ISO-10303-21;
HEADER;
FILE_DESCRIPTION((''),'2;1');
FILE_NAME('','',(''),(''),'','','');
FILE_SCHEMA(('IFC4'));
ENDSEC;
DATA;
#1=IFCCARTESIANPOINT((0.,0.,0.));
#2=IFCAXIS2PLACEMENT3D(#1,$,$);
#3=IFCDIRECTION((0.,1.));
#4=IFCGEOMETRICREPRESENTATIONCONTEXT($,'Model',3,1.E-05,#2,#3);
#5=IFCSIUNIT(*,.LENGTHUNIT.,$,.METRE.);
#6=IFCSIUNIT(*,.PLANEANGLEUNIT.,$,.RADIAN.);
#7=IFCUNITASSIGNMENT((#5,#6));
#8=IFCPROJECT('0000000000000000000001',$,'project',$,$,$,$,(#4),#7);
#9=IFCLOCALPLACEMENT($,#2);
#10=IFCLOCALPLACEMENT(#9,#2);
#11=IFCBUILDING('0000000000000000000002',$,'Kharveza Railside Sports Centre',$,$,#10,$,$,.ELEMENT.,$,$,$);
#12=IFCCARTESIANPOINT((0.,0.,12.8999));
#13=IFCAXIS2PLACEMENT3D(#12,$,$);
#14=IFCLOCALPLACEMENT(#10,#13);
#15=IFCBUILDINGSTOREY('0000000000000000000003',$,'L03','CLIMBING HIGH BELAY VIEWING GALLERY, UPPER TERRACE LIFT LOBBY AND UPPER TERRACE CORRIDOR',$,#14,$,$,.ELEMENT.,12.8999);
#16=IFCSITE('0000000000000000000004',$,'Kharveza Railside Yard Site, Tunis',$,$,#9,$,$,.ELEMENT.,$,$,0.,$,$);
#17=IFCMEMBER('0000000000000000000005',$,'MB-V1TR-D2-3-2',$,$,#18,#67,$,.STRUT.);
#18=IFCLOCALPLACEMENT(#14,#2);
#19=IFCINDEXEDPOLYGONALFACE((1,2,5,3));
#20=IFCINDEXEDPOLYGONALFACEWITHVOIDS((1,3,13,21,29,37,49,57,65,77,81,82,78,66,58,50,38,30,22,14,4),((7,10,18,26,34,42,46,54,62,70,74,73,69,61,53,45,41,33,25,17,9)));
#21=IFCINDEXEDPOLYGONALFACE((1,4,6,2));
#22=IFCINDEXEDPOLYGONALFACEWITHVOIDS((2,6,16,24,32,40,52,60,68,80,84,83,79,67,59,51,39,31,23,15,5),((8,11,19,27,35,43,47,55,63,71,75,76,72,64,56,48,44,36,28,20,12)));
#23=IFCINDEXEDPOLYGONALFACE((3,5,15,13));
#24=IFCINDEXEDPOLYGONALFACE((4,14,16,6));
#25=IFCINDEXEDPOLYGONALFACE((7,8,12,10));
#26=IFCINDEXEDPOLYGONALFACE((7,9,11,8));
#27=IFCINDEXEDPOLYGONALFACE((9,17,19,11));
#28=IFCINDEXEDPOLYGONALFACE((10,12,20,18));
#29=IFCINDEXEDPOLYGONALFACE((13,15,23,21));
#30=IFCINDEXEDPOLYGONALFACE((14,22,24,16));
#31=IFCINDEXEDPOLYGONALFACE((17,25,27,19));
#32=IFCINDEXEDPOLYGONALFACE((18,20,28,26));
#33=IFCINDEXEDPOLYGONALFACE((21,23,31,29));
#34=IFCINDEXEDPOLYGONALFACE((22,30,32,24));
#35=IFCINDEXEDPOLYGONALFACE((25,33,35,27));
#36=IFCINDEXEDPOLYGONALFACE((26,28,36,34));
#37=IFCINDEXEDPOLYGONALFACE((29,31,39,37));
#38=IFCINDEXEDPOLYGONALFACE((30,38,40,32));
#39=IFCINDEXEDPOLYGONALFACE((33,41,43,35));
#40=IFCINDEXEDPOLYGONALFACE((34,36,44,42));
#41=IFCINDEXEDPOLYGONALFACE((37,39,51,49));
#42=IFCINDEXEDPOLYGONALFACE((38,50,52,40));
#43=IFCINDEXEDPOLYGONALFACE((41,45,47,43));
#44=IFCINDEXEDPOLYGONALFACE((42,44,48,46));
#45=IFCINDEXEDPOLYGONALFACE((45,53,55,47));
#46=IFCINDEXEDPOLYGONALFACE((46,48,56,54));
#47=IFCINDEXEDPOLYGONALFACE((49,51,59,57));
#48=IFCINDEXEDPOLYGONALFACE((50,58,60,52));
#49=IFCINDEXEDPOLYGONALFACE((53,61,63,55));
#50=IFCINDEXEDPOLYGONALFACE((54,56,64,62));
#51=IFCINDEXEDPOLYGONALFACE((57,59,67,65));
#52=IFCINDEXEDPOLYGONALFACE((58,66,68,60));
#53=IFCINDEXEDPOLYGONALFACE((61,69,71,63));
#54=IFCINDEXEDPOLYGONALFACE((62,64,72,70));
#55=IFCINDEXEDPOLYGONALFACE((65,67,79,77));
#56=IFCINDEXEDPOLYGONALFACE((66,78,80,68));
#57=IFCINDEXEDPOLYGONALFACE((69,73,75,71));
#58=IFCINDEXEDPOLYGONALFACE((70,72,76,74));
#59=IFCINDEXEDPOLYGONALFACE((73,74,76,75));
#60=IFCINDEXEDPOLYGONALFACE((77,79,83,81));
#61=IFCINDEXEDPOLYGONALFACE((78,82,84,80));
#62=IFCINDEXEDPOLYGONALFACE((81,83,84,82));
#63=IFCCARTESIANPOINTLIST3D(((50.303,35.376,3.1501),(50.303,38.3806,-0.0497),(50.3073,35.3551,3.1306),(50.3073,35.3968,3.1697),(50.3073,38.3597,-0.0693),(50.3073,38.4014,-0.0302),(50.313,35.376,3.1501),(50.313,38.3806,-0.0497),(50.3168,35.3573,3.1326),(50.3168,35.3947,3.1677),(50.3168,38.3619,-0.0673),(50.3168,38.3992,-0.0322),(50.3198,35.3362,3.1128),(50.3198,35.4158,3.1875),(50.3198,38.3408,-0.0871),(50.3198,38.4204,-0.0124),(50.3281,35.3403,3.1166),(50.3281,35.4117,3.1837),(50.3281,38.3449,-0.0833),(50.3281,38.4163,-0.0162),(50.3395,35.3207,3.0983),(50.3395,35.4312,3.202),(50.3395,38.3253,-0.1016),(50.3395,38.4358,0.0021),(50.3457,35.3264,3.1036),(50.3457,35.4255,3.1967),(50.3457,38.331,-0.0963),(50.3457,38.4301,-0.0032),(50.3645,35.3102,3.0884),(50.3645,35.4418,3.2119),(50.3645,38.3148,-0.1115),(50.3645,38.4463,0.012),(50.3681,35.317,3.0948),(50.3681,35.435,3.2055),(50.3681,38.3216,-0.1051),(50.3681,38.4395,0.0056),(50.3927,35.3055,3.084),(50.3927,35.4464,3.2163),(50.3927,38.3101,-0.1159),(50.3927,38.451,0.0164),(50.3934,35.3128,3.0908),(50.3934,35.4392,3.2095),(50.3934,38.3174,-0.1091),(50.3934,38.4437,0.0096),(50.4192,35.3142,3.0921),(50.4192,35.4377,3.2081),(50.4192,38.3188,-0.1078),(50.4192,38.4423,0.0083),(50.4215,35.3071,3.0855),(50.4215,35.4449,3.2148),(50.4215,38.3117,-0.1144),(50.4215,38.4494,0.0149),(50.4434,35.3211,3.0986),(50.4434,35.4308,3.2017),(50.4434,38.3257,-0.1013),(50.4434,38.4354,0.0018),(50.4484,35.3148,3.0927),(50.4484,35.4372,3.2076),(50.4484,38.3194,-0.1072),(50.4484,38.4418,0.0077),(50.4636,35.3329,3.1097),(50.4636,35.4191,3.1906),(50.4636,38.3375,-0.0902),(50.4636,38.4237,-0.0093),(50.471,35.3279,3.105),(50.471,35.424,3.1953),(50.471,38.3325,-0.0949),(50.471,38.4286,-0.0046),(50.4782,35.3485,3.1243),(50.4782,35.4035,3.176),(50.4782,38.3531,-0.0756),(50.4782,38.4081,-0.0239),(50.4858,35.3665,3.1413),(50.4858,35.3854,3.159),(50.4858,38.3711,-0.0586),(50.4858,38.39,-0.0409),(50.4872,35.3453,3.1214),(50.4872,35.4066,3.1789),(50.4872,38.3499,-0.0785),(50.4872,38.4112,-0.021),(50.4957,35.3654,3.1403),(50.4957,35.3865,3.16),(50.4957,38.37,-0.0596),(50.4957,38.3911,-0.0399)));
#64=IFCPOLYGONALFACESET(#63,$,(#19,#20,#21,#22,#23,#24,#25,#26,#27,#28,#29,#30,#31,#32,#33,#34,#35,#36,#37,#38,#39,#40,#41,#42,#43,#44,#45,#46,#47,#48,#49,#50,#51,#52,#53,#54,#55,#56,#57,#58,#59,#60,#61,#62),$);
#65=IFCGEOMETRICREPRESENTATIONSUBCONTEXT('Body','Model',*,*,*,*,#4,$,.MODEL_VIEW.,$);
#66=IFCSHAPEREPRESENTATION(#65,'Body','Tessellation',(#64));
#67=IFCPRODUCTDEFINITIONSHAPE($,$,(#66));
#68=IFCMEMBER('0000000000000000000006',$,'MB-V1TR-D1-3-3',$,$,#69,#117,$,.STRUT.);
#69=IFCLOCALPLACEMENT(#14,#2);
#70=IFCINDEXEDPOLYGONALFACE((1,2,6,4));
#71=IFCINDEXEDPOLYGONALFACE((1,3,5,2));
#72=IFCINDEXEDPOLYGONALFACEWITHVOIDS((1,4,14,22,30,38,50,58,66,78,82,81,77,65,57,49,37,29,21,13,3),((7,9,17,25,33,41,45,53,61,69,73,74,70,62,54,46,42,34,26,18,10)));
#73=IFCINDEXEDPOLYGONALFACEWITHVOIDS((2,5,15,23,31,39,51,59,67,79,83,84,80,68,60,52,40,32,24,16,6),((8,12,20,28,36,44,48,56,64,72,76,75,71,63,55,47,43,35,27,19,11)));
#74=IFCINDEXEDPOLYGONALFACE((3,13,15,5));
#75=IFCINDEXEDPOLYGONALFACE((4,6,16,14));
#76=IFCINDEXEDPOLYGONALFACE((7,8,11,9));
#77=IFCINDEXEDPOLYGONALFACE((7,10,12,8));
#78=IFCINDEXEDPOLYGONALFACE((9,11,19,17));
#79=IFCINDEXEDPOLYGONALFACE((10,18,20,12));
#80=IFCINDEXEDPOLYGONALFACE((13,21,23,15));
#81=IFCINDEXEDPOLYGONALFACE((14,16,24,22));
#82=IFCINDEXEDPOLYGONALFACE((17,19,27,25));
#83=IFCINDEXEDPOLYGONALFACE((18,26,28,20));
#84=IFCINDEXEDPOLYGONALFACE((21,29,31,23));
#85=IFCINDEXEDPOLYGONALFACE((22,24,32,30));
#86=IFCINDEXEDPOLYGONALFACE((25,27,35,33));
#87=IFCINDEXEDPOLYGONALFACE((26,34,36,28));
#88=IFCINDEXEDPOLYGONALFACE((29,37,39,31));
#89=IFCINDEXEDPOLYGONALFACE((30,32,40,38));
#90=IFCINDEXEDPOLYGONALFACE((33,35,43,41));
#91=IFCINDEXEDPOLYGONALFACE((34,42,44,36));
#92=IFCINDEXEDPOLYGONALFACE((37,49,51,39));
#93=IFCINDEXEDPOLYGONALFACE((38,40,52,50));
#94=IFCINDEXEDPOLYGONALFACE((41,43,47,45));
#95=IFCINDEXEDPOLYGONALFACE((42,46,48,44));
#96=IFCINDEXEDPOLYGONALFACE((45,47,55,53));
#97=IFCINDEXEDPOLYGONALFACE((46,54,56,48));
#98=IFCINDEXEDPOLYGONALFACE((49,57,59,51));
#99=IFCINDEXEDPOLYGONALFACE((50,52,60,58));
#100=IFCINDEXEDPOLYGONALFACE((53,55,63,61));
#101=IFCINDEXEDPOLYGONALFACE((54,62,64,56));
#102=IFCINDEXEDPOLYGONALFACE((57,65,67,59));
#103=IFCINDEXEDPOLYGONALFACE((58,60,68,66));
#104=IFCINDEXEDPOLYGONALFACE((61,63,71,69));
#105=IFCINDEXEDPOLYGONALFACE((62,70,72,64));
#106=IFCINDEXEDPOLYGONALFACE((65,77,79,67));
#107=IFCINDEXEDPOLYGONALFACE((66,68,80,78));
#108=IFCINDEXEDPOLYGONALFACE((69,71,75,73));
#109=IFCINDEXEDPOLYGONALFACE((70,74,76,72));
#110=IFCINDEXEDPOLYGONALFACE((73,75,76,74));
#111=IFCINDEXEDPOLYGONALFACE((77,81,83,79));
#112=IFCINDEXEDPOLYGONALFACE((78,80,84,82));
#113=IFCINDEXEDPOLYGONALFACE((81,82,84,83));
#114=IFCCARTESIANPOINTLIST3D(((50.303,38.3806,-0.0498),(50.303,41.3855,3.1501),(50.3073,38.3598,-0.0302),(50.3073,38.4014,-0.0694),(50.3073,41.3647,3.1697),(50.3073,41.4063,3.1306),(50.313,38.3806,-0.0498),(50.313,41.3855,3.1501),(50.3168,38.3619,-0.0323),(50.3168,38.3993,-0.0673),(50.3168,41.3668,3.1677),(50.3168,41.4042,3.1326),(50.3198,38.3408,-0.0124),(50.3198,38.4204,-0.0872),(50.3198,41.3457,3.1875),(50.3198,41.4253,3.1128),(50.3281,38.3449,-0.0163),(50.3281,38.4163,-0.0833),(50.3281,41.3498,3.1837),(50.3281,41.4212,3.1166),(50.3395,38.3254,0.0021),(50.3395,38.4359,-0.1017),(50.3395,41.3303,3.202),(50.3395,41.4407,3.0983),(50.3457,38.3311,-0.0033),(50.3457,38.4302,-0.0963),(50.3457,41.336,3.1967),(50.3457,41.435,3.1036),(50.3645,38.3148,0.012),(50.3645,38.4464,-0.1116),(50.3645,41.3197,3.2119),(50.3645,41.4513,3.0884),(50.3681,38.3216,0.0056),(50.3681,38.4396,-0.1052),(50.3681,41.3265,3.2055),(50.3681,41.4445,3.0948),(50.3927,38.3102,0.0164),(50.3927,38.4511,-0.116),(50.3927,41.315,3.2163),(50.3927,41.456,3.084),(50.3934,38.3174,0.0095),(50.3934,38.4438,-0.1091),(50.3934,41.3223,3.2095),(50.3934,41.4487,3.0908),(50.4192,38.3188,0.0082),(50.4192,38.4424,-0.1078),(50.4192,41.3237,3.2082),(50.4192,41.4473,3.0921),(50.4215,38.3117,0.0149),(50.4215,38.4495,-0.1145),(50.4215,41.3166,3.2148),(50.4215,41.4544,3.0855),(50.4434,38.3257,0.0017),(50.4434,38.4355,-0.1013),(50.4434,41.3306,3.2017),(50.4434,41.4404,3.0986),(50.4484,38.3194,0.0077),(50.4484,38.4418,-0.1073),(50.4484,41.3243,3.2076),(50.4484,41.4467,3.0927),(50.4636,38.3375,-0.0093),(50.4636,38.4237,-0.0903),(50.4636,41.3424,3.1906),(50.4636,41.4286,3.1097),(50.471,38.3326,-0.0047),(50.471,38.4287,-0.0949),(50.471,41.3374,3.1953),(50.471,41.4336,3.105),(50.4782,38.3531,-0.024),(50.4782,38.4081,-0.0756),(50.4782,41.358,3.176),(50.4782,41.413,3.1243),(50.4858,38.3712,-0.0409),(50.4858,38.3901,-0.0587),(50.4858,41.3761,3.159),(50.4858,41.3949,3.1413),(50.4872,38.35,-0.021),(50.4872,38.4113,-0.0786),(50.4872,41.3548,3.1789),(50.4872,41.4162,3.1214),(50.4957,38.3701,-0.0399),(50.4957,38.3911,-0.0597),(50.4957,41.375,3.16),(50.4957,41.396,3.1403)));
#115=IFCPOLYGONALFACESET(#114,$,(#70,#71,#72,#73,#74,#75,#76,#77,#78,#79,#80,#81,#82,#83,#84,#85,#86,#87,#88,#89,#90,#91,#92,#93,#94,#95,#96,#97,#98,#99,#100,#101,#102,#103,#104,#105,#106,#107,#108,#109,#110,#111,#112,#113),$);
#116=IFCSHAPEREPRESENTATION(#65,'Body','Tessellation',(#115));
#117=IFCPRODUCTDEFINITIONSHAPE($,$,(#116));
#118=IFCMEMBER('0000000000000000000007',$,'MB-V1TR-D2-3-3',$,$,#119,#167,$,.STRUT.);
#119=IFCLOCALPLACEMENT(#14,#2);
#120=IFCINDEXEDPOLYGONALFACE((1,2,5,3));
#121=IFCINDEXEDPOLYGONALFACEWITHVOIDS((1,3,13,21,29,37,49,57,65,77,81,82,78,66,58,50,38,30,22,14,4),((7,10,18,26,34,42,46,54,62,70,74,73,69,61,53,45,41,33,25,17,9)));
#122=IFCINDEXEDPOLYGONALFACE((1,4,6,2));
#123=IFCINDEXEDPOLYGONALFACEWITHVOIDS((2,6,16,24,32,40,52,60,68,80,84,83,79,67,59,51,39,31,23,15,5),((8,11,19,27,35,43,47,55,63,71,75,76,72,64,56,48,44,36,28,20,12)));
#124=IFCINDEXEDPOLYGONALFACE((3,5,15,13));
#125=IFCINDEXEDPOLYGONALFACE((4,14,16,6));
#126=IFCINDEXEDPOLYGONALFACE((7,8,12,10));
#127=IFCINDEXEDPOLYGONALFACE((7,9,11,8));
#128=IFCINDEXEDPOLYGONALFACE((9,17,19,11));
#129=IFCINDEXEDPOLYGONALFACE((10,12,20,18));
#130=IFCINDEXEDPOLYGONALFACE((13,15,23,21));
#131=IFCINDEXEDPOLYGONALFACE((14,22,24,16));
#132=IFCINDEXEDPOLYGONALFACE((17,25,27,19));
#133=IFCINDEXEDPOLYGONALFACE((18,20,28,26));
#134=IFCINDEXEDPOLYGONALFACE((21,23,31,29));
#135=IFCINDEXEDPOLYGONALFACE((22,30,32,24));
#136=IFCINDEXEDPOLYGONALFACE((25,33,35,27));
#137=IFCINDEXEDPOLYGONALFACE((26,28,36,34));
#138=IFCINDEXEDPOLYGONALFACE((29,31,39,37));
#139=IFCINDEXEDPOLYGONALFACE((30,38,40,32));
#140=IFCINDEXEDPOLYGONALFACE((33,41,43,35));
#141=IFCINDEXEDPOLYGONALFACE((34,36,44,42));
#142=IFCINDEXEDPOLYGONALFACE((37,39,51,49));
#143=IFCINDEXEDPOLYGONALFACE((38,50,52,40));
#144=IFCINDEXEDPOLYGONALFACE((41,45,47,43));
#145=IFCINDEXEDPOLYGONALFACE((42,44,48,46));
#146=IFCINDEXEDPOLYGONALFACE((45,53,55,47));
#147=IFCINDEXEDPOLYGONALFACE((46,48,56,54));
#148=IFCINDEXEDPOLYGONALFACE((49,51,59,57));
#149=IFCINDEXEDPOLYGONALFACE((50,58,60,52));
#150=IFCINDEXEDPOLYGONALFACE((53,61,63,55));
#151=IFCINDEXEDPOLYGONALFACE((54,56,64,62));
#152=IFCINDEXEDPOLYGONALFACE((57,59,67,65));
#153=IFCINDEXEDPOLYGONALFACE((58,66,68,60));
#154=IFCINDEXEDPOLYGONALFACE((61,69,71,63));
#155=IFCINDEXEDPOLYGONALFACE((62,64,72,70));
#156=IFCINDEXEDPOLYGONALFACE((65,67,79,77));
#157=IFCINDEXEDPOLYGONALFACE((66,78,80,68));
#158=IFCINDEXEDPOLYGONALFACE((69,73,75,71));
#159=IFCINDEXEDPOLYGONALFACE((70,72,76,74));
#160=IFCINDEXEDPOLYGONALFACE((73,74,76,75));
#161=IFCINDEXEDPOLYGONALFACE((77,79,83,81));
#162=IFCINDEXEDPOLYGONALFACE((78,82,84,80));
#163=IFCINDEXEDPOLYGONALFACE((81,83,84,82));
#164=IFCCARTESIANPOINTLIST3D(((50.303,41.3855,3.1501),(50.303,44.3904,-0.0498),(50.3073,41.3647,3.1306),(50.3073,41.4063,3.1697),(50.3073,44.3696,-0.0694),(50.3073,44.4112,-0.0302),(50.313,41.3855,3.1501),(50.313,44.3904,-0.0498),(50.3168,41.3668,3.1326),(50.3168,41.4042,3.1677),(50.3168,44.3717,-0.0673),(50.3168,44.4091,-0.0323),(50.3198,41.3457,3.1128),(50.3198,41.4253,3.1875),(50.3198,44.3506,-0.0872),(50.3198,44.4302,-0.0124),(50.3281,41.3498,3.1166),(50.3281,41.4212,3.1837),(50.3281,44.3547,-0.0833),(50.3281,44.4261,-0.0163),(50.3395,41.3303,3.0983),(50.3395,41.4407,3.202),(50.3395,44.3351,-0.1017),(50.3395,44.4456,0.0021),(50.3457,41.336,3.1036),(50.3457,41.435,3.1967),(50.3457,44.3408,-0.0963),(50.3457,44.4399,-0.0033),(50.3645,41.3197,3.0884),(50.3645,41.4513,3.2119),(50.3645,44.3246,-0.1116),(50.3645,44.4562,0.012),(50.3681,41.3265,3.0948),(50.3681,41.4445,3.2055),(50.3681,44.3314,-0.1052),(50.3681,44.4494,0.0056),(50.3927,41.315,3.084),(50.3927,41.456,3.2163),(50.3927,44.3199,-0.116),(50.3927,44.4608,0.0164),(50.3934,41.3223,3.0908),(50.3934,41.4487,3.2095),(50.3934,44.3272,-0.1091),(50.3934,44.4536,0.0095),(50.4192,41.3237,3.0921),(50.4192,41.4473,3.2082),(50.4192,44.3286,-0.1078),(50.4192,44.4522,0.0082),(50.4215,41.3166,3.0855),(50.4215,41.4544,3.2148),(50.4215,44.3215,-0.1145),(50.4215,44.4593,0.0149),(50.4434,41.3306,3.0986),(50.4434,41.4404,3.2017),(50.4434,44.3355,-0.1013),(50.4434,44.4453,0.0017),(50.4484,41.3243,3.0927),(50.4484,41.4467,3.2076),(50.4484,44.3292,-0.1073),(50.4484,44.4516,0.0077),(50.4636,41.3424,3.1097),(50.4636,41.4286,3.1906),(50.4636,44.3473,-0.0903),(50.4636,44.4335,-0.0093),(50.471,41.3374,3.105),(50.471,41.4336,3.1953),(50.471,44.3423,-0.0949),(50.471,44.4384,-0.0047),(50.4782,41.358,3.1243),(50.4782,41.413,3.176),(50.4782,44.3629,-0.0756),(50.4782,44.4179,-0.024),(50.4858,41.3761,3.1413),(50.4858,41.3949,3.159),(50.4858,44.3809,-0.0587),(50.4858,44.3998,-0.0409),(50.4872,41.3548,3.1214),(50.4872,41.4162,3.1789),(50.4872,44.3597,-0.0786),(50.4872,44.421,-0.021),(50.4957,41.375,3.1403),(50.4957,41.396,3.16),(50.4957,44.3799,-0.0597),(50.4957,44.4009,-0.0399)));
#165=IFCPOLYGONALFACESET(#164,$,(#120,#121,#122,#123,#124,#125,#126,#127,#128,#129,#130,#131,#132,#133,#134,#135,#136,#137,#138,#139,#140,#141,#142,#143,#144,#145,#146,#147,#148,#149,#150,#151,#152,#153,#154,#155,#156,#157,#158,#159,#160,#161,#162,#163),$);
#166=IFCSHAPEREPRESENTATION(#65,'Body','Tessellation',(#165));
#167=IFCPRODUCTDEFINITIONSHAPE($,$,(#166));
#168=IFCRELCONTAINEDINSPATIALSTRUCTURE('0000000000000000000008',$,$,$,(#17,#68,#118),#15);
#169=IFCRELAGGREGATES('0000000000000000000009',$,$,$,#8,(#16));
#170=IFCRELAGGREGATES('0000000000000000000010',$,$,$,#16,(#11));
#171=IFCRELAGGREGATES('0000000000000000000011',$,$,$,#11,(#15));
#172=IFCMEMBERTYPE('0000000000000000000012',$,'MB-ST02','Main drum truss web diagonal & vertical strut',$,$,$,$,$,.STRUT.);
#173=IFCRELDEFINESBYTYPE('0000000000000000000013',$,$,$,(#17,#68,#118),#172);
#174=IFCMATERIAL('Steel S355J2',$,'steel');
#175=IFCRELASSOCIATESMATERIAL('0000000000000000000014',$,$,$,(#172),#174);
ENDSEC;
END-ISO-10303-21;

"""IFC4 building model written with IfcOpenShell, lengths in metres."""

from ifc_helpers import new_model, si_unit, direction, frame, origin, origin_2d, place, context, subcontext, project, spatial, hollow_circle, extrude, material, material_profile, profile_set, type_object, element, save


model = new_model("IFC4")

# Units and contexts
model_context = context("Model", 3, precision=1e-05, world=origin(), true_north=direction((0.0, 1.0)))
body_context = subcontext(model_context, "Body", "Model", "MODEL_VIEW")
ifc_project = project(units=[si_unit("LENGTHUNIT", "METRE"), si_unit("PLANEANGLEUNIT", "RADIAN")], contexts=[model_context])

# Site, building, storey
site_placement = place(None, origin())
site = spatial("IfcSite", under=ifc_project, at=site_placement, Name="Kharveza Railside Yard Site, Tunis", CompositionType="ELEMENT", RefElevation=0.0)
building_placement = place(site_placement, origin())
building = spatial("IfcBuilding", under=site, at=building_placement, Name="Kharveza Railside Sports Centre", CompositionType="ELEMENT")
storey_placement = place(building_placement, frame((0.0, 0.0, 12.8999)))
storey = spatial("IfcBuildingStorey", under=building, at=storey_placement, Name="L03", Description="CLIMBING HIGH BELAY VIEWING GALLERY, UPPER TERRACE LIFT LOBBY AND UPPER TERRACE CORRIDOR", CompositionType="ELEMENT", Elevation=12.8999)

# Members
ifc_material = material(Name="Steel S355J2", Category="steel")
ifc_material_profile_1 = material_profile(ifc_material, hollow_circle(Radius=0.0969, WallThickness=0.01, at=origin_2d()), Name="CHS 193.7x10.0")
ifc_profile_set_1 = profile_set([ifc_material_profile_1], Name="Steel S355J2")
member_type_1 = type_object("IfcMemberType", Name="MB-ST02", Description="Main drum truss web diagonal & vertical strut", PredefinedType="STRUT", material=ifc_profile_set_1)
member_1_placement = place(storey_placement, frame((50.3999, 35.376, 3.1501), z_axis=(0.0, 0.684509, -0.729004), x_axis=(-1.0, 0.0, 0.0)))
element("IfcMember", 1, at=member_1_placement, inside=storey, type_object=member_type_1, Name="MB-V1TR-D2-3-2", PredefinedType="STRUT", context=body_context, shape_type="SweptSolid", body=[
    extrude(hollow_circle(Radius=0.0969, WallThickness=0.01, at=origin_2d()), origin(), (0.0, 0.0, 1.0), 4.3894),
])
for number, where, z_axis, x_axis, name in (
    (2, (50.3999, 38.3806, -0.0498), (0.0, 0.684538, 0.728977), (-1.0, 0.0, 0.0), "MB-V1TR-D1-3-3"),
    (3, (50.3999, 41.3855, 3.1501), (0.0, 0.684538, -0.728977), (-1.0, 0.0, 0.0), "MB-V1TR-D2-3-3"),
):
    element("IfcMember", number, at=place(storey_placement, frame(where, z_axis=z_axis, x_axis=x_axis)), inside=storey, type_object=member_type_1, Name=name, PredefinedType="STRUT", context=body_context, shape_type="SweptSolid", body=[
        extrude(hollow_circle(Radius=0.0969, WallThickness=0.01, at=origin_2d()), origin(), (0.0, 0.0, 1.0), 4.3896),
    ])

save(model, "model.ifc")
